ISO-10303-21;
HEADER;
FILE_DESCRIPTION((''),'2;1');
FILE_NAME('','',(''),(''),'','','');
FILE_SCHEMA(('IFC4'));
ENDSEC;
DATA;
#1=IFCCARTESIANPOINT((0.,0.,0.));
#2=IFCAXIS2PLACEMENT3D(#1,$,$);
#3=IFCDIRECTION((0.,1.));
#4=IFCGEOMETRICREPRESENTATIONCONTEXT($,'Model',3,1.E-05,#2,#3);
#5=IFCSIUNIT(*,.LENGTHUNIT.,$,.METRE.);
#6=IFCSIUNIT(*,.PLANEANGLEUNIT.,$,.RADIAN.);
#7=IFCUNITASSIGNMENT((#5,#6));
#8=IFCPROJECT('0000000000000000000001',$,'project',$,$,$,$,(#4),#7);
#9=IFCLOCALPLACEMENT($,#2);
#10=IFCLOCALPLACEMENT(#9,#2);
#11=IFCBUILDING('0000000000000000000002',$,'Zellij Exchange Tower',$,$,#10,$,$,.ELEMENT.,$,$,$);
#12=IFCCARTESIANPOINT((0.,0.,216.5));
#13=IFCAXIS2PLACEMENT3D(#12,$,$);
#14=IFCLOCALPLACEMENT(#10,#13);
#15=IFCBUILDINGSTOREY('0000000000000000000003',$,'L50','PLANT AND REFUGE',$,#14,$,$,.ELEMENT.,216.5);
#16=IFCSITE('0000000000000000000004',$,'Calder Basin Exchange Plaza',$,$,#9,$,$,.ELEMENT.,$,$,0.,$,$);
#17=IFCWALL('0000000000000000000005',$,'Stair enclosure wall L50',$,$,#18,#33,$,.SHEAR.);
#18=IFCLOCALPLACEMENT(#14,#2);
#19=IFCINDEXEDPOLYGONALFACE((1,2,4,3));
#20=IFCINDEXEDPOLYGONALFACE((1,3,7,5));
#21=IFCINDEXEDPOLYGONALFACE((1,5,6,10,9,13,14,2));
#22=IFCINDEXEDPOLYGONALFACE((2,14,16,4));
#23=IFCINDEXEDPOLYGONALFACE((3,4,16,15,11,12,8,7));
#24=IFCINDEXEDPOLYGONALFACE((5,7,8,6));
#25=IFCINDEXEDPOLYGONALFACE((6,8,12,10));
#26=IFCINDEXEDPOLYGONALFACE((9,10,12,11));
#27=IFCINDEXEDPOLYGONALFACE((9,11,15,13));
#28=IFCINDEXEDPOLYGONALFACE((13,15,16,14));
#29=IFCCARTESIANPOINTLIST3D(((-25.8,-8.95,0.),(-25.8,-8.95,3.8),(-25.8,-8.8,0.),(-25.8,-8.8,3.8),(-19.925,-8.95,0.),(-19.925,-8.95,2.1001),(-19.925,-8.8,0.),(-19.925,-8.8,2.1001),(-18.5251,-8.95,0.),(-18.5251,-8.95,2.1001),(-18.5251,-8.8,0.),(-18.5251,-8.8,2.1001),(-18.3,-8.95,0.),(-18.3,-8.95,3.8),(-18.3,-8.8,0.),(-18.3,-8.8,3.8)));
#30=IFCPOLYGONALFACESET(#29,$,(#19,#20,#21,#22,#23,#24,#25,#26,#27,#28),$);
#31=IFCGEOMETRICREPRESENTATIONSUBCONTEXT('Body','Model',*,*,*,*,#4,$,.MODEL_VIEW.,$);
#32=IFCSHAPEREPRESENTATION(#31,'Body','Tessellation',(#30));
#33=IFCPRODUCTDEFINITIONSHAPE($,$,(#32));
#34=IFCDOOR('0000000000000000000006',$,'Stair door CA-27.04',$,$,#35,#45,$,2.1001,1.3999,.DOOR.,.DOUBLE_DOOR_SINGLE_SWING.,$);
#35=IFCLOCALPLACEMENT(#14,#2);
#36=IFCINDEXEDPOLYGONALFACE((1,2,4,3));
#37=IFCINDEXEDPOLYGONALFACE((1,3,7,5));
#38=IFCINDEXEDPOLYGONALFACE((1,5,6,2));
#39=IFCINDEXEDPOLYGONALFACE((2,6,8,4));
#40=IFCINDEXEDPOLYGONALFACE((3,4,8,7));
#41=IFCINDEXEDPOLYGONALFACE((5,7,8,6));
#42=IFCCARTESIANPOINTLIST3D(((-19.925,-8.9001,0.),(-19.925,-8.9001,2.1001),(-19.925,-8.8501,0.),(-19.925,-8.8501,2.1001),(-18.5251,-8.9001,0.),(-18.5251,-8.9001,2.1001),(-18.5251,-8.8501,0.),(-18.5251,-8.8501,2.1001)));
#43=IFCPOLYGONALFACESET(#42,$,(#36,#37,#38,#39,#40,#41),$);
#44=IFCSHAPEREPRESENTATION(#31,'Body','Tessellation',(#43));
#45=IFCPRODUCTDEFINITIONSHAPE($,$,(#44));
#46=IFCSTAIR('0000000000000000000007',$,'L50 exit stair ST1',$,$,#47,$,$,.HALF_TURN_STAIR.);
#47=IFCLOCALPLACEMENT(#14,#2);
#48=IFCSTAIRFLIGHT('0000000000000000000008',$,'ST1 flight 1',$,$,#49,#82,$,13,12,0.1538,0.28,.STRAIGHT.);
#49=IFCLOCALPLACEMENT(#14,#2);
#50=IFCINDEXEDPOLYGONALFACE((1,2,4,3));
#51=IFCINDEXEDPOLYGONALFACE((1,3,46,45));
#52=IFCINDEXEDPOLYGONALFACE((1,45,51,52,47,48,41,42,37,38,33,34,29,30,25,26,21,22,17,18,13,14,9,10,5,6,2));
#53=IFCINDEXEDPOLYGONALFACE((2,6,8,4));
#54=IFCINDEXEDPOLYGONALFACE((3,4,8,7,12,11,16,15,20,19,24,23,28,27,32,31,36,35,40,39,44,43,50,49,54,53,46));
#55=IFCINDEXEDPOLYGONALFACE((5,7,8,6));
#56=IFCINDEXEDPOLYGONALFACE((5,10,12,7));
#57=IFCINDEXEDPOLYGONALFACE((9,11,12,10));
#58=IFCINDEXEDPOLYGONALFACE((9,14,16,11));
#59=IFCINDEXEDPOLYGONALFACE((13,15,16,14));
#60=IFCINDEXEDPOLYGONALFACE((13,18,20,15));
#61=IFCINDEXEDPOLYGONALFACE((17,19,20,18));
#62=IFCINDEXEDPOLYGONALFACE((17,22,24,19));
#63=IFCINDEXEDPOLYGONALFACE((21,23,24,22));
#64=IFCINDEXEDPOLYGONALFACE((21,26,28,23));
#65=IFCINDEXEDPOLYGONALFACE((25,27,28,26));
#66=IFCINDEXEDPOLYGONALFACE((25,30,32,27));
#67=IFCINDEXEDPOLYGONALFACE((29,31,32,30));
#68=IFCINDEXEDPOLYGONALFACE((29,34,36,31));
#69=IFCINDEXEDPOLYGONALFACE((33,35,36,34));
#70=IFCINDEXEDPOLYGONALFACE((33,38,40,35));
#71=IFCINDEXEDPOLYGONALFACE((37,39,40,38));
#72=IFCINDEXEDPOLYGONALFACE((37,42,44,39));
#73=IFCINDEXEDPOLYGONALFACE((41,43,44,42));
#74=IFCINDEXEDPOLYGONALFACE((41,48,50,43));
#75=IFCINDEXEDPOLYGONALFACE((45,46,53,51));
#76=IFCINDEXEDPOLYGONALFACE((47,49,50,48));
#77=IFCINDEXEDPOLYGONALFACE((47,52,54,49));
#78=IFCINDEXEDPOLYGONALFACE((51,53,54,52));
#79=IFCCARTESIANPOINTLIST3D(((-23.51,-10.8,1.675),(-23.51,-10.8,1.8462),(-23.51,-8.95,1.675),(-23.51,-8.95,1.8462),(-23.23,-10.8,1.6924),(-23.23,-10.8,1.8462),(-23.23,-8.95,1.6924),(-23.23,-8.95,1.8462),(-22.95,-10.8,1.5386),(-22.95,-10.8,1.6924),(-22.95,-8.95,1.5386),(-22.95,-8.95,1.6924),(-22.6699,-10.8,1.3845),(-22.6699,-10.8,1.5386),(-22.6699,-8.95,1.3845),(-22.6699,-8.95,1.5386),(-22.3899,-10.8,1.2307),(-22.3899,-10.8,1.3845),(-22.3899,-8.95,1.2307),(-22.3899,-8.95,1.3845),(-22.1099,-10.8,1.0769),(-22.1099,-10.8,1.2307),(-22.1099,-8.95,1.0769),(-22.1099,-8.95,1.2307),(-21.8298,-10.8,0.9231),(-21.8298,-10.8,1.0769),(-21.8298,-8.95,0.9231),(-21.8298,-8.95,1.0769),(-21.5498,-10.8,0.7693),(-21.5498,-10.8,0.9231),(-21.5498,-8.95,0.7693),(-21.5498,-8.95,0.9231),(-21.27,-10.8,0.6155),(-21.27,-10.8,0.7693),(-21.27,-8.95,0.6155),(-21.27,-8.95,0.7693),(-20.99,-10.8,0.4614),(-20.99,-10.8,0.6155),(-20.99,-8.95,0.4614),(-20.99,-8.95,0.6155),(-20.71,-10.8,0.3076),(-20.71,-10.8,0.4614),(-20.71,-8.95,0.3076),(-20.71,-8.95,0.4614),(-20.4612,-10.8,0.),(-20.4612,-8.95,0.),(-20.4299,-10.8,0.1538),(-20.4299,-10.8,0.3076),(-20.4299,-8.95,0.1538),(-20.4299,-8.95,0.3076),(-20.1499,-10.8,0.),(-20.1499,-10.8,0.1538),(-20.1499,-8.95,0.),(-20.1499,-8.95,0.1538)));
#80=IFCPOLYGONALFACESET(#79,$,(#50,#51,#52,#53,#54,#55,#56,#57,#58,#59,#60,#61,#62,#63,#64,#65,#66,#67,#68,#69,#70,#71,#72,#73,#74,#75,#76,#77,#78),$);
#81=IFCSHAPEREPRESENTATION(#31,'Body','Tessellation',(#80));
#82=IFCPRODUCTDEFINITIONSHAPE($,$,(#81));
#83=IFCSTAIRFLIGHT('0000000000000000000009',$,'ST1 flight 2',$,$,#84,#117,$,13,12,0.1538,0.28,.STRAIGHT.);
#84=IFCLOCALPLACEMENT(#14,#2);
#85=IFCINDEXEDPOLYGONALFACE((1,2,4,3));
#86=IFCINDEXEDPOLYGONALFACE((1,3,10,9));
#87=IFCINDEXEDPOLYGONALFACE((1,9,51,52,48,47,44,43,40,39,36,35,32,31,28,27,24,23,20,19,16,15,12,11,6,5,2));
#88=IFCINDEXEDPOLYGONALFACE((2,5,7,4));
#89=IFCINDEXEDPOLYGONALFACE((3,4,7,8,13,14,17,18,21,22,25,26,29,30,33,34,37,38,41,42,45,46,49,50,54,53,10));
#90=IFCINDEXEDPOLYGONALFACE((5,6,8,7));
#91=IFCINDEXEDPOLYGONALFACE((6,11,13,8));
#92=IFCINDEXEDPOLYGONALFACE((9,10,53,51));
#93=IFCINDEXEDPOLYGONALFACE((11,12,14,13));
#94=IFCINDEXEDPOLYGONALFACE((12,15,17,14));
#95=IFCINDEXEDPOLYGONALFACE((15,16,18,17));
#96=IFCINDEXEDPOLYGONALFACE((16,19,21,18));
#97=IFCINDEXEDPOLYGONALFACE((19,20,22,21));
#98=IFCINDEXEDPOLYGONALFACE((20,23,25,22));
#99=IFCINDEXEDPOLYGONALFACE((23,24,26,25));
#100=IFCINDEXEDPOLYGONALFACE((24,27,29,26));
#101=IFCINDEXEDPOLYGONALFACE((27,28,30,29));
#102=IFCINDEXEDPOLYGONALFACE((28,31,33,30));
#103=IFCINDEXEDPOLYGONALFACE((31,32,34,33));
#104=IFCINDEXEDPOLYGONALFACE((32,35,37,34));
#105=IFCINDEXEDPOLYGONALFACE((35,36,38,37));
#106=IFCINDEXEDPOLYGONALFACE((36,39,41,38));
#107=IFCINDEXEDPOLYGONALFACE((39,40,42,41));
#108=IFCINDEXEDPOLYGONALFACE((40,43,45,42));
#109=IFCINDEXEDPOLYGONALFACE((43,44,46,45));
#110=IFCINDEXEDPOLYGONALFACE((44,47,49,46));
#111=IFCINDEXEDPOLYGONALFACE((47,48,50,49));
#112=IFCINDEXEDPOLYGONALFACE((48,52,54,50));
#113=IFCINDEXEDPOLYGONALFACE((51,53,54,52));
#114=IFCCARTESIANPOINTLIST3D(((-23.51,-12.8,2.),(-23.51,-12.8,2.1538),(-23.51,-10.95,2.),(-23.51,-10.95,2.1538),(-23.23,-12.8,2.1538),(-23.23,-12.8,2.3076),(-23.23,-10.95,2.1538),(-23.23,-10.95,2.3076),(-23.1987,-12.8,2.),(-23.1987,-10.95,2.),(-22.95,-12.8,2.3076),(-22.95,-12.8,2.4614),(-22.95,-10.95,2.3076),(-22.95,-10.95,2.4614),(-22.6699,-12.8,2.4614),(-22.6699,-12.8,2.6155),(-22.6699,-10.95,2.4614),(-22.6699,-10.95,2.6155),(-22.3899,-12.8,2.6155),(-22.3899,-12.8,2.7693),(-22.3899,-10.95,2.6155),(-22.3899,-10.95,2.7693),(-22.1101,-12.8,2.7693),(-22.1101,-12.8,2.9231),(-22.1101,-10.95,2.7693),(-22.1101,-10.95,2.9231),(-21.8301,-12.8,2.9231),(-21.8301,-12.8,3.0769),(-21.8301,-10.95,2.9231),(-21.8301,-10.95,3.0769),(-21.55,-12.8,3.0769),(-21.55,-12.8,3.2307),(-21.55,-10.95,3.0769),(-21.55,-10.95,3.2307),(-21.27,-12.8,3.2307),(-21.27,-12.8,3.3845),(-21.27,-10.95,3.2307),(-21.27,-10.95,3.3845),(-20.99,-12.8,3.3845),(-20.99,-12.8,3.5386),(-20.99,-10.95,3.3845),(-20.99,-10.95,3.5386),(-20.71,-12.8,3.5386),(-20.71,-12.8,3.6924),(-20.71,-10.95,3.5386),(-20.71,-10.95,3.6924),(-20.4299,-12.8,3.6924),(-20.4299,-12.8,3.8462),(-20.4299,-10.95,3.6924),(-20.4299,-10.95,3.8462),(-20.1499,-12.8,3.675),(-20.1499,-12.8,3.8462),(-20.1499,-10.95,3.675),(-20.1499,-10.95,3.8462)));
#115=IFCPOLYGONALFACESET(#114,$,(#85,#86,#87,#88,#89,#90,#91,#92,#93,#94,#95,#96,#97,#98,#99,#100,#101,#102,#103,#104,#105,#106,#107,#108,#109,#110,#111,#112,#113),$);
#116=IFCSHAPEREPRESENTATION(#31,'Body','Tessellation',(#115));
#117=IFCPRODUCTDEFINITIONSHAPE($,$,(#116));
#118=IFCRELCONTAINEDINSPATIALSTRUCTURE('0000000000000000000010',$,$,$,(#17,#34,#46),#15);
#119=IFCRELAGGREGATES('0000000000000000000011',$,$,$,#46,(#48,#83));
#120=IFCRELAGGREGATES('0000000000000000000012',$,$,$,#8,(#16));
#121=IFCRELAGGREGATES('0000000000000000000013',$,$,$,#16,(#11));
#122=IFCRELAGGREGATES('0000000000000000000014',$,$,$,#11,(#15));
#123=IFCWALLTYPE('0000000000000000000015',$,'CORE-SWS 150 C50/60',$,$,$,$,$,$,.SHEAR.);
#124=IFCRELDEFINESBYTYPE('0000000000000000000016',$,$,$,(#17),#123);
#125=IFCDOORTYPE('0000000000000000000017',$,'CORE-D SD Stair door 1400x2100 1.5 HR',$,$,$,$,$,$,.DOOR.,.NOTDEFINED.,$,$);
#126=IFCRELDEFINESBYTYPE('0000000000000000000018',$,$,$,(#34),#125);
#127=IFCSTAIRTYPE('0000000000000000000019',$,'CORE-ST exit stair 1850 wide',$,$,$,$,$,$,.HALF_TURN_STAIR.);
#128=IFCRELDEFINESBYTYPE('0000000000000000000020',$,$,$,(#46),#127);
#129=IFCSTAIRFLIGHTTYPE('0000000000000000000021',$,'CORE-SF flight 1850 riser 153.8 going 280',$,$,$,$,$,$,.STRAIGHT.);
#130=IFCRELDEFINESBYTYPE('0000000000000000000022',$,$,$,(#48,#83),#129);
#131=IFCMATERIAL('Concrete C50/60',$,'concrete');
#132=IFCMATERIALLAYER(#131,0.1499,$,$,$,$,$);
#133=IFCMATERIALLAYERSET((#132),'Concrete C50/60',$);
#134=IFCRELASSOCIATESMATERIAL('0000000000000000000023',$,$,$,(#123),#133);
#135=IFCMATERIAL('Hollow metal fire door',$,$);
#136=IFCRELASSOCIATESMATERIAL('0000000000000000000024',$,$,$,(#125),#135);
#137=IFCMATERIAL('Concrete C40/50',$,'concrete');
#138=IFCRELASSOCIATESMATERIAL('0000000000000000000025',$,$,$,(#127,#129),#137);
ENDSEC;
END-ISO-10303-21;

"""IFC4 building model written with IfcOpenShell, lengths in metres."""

from ifc_helpers import new_model, si_unit, direction, frame, frame_2d, origin, place, context, subcontext, project, spatial, polyline, rectangle, outline, extrude, material, layer, layer_set, type_object, element, fill, aggregate, save


model = new_model("IFC4")

# Units and contexts
model_context = context("Model", 3, precision=1e-05, world=origin(), true_north=direction((0.0, 1.0)))
body_context = subcontext(model_context, "Body", "Model", "MODEL_VIEW")
ifc_project = project(units=[si_unit("LENGTHUNIT", "METRE"), si_unit("PLANEANGLEUNIT", "RADIAN")], contexts=[model_context])

# Site, building, storey
site_placement = place(None, origin())
site = spatial("IfcSite", under=ifc_project, at=site_placement, Name="Calder Basin Exchange Plaza", CompositionType="ELEMENT", RefElevation=0.0)
building_placement = place(site_placement, origin())
building = spatial("IfcBuilding", under=site, at=building_placement, Name="Zellij Exchange Tower", CompositionType="ELEMENT")
storey_placement = place(building_placement, frame((0.0, 0.0, 216.5)))
storey = spatial("IfcBuildingStorey", under=building, at=storey_placement, Name="L50", Description="PLANT AND REFUGE", CompositionType="ELEMENT", Elevation=216.5)

# Shared definitions
ifc_material_1 = material(Name="Hollow metal fire door")
ifc_material_2 = material(Name="Concrete C50/60", Category="concrete")

# Wall, opening, door
ifc_layer_1 = layer(ifc_material_2, 0.1499)
ifc_layer_set_1 = layer_set([ifc_layer_1], Name="Concrete C50/60")
wall_type_1 = type_object("IfcWallType", Name="CORE-SWS 150 C50/60", PredefinedType="SHEAR", material=ifc_layer_set_1)
wall_1_placement = place(storey_placement, frame((-25.8, -8.875, 0.0), z_axis=(0.0, 0.0, 1.0), x_axis=(1.0, 0.0, 0.0)))
wall_1 = element("IfcWall", 1, at=wall_1_placement, inside=storey, type_object=wall_type_1, Name="Stair enclosure wall L50", PredefinedType="SHEAR", context=body_context, shape_type="SweptSolid", body=[
    extrude(rectangle(XDim=7.5, YDim=0.1499, at=frame_2d((3.75, 0.0))), origin(), (0.0, 0.0, 1.0), 3.8),
])
opening_1_placement = place(wall_1_placement, frame((5.875, 0.0, 0.0)))
opening_1 = element("IfcOpeningElement", 2, at=opening_1_placement, cuts=wall_1, PredefinedType="OPENING", context=body_context, shape_type="SweptSolid", body=[
    extrude(rectangle(XDim=1.3999, YDim=2.1001, at=frame_2d((0.7, 1.05))), frame((0.0, 0.0869, 0.0), z_axis=(0.0, -1.0, 0.0), x_axis=(1.0, 0.0, 0.0)), (0.0, 0.0, 1.0), 0.1738),
])
door_type_1 = type_object("IfcDoorType", Name="CORE-D SD Stair door 1400x2100 1.5 HR", OperationType="NOTDEFINED", PredefinedType="DOOR", material=ifc_material_1)
door_1_placement = place(opening_1_placement, origin())
door_1 = element("IfcDoor", 3, at=door_1_placement, inside=storey, type_object=door_type_1, Name="Stair door CA-27.04", OperationType="DOUBLE_DOOR_SINGLE_SWING", OverallHeight=2.1001, OverallWidth=1.3999, PredefinedType="DOOR", context=body_context, shape_type="SweptSolid", body=[
    extrude(rectangle(XDim=1.3999, YDim=2.1001, at=frame_2d((0.7, 1.05))), frame((0.0, 0.0249, 0.0), z_axis=(0.0, -1.0, 0.0), x_axis=(1.0, 0.0, 0.0)), (0.0, 0.0, 1.0), 0.05),
])
fill(opening_1, door_1)

# Stair, stair flights
ifc_material_3 = material(Name="Concrete C40/50", Category="concrete")
stair_type = type_object("IfcStairType", Name="CORE-ST exit stair 1850 wide", PredefinedType="HALF_TURN_STAIR", material=ifc_material_3)
stair_placement = place(storey_placement, origin())
stair = element("IfcStair", 4, at=stair_placement, inside=storey, type_object=stair_type, Name="L50 exit stair ST1", PredefinedType="HALF_TURN_STAIR")
stair_flight_type = type_object("IfcStairFlightType", Name="CORE-SF flight 1850 riser 153.8 going 280", PredefinedType="STRAIGHT", material=ifc_material_3)
stair_flight_1_placement = place(storey_placement, frame((-20.1499, -9.875, 0.0), z_axis=(0.0, 0.0, 1.0), x_axis=(-1.0, 0.0, 0.0)))
stair_flight_1 = element("IfcStairFlight", 5, at=stair_flight_1_placement, type_object=stair_flight_type, Name="ST1 flight 1", NumberOfRisers=13, NumberOfTreads=12, PredefinedType="STRAIGHT", RiserHeight=0.1538, TreadLength=0.28, context=body_context, shape_type="SweptSolid", body=[
    extrude(outline(polyline([(0.0, 0.0), (0.0, 0.1538), (0.28, 0.1538), (0.28, 0.3076), (0.5601, 0.3076), (0.5601, 0.4614), (0.8401, 0.4614), (0.8401, 0.6155), (1.1201, 0.6155), (1.1201, 0.7693), (1.3999, 0.7693), (1.3999, 0.9231), (1.6799, 0.9231), (1.6799, 1.0769), (1.96, 1.0769), (1.96, 1.2307), (2.24, 1.2307), (2.24, 1.3845), (2.52, 1.3845), (2.52, 1.5386), (2.8, 1.5386), (2.8, 1.6924), (3.0801, 1.6924), (3.0801, 1.8462), (3.3601, 1.8462), (3.3601, 2.0), (3.3601, 1.675), (0.3113, 0.0), (0.0, 0.0)])), frame((0.0, 0.925, 0.0), z_axis=(0.0, -1.0, 0.0), x_axis=(1.0, 0.0, 0.0)), (0.0, 0.0, 1.0), 1.8501),
])
stair_flight_2_placement = place(storey_placement, frame((-23.51, -11.875, 2.0), z_axis=(0.0, 0.0, 1.0), x_axis=(1.0, 0.0, 0.0)))
stair_flight_2 = element("IfcStairFlight", 6, at=stair_flight_2_placement, type_object=stair_flight_type, Name="ST1 flight 2", NumberOfRisers=13, NumberOfTreads=12, PredefinedType="STRAIGHT", RiserHeight=0.1538, TreadLength=0.28, context=body_context, shape_type="SweptSolid", body=[
    extrude(outline(polyline([(0.0, 0.0), (0.0, 0.1538), (0.28, 0.1538), (0.28, 0.3076), (0.5601, 0.3076), (0.5601, 0.4614), (0.8401, 0.4614), (0.8401, 0.6155), (1.1201, 0.6155), (1.1201, 0.7693), (1.3999, 0.7693), (1.3999, 0.9231), (1.6799, 0.9231), (1.6799, 1.0769), (1.96, 1.0769), (1.96, 1.2307), (2.24, 1.2307), (2.24, 1.3845), (2.52, 1.3845), (2.52, 1.5386), (2.8, 1.5386), (2.8, 1.6924), (3.0801, 1.6924), (3.0801, 1.8462), (3.3601, 1.8462), (3.3601, 2.0), (3.3601, 1.675), (0.3113, 0.0), (0.0, 0.0)])), frame((0.0, 0.925, 0.0), z_axis=(0.0, -1.0, 0.0), x_axis=(1.0, 0.0, 0.0)), (0.0, 0.0, 1.0), 1.8501),
])
aggregate(stair, [stair_flight_1, stair_flight_2])

save(model, "model.ifc")
